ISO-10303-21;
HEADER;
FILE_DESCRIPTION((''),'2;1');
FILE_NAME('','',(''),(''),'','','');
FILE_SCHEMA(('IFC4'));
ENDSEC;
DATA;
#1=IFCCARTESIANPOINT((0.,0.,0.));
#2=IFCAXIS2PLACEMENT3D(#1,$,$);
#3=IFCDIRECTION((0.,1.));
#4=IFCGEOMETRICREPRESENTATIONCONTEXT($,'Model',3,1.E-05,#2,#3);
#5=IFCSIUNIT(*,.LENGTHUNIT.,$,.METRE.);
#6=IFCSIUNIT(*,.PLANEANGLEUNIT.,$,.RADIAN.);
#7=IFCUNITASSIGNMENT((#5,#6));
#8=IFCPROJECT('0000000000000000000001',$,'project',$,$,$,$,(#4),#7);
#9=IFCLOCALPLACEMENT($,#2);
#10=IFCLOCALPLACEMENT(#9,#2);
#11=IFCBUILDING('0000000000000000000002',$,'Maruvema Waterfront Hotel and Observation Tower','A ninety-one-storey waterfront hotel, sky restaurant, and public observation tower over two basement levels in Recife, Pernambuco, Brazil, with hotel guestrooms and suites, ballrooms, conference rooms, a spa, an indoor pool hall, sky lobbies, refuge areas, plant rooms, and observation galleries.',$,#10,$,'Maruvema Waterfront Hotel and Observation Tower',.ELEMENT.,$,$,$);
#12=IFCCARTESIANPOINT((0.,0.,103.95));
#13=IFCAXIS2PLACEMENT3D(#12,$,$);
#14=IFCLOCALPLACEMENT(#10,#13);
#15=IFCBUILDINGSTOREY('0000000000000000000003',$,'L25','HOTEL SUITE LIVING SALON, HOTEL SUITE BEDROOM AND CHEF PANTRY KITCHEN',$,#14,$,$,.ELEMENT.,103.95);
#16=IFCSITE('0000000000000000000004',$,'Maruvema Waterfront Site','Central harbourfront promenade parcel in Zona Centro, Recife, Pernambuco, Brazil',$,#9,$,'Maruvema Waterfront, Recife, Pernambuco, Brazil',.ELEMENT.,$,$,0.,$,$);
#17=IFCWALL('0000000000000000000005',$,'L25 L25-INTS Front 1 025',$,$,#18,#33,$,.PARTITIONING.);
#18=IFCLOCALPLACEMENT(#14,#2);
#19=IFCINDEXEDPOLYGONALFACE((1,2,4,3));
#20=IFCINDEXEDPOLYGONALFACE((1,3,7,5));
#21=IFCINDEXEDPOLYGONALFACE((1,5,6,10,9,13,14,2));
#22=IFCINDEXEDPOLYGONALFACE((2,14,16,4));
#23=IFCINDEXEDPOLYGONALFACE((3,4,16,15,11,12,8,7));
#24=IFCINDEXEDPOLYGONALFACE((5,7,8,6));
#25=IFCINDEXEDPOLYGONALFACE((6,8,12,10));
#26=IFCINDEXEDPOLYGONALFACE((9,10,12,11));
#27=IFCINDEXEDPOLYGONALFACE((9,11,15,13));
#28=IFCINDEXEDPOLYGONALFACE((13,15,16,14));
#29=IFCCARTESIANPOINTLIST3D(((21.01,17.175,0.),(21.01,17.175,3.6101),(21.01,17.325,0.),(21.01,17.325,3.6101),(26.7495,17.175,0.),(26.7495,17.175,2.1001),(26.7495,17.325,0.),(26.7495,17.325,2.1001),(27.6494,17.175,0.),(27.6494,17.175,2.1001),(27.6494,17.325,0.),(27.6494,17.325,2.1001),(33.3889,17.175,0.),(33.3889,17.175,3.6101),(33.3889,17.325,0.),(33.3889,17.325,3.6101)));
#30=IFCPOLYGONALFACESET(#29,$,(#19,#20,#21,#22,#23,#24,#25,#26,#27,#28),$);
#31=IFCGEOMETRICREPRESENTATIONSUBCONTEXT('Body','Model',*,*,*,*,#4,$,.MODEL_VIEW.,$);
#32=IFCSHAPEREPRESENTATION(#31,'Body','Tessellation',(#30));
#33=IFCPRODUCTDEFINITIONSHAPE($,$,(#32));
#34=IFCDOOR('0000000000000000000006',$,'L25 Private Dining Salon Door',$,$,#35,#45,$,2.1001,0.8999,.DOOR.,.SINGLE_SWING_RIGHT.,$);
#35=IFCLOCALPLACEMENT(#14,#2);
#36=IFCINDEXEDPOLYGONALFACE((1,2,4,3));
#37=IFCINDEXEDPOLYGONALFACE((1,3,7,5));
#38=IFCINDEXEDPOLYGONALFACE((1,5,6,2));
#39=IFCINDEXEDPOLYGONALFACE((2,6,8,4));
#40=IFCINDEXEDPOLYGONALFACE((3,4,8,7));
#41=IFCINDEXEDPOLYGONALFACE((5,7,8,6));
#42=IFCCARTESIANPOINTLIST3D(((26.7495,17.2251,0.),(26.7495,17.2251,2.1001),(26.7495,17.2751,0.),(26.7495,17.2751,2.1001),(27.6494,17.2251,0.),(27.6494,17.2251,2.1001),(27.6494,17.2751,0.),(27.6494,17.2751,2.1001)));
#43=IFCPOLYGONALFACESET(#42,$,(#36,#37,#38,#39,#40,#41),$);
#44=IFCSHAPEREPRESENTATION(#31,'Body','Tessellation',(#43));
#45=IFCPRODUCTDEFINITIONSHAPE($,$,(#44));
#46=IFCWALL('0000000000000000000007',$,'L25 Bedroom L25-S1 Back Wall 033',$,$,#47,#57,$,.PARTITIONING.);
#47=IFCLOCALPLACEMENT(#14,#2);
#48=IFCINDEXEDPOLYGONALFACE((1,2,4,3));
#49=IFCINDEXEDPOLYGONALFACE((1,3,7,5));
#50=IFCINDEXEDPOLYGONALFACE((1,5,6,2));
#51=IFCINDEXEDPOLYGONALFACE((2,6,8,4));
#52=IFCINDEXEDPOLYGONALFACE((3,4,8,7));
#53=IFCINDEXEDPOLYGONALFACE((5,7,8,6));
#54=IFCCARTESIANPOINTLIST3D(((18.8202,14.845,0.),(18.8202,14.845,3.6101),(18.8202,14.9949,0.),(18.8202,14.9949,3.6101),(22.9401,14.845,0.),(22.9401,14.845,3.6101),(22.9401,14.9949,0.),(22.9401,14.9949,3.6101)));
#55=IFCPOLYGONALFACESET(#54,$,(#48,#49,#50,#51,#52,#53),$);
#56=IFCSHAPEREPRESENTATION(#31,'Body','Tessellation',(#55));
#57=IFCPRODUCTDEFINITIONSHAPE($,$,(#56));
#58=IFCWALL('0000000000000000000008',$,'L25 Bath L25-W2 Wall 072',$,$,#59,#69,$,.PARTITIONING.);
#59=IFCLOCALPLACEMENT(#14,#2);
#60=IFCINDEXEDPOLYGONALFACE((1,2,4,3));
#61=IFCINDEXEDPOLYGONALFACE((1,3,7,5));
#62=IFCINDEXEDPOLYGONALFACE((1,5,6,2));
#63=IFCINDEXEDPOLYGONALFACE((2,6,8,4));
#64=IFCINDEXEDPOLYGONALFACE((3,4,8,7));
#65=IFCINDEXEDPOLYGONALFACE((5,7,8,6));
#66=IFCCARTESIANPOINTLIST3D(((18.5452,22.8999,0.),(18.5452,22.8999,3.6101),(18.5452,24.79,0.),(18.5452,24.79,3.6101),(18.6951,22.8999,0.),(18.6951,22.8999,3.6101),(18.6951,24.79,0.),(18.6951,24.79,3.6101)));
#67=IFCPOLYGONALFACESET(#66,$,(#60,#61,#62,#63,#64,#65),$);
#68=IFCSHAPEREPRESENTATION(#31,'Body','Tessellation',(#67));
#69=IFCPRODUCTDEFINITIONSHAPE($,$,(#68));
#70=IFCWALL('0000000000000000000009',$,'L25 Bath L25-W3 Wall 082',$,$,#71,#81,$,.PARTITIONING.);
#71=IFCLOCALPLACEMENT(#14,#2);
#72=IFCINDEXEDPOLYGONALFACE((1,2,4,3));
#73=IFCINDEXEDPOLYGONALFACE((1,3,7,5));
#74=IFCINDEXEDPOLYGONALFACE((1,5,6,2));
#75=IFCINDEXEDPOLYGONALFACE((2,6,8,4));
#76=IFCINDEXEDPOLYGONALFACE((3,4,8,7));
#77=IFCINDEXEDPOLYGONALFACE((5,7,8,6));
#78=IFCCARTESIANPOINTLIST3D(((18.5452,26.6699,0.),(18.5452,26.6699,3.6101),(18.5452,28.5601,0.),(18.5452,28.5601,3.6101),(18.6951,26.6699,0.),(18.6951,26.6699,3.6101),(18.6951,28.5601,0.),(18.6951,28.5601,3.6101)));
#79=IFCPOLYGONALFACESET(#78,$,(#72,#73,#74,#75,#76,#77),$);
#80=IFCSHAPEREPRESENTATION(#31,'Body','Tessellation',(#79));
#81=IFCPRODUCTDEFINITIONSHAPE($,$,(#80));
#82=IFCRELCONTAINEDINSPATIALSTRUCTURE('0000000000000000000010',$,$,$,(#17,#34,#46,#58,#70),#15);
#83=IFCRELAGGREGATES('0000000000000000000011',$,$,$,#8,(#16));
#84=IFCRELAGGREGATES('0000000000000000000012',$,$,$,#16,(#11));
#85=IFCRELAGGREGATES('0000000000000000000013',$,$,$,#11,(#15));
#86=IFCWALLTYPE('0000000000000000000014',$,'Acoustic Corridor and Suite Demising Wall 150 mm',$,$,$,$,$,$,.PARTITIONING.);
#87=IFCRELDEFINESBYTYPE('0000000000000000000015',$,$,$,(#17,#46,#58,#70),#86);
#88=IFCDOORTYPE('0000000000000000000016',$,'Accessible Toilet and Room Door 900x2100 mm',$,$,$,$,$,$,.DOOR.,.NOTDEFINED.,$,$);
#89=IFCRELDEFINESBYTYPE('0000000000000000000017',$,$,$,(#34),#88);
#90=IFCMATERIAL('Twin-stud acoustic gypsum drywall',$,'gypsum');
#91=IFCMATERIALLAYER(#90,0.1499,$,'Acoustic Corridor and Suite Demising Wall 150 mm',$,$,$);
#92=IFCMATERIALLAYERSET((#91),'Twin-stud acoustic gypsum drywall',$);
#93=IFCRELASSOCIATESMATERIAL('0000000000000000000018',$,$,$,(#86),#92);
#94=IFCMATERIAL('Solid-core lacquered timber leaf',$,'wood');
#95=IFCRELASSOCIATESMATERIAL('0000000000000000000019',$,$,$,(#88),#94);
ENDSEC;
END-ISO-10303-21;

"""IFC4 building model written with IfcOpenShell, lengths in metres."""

from ifc_helpers import new_model, si_unit, direction, frame, frame_2d, origin, place, context, subcontext, project, spatial, rectangle, extrude, material, layer, layer_set, type_object, element, fill, save


model = new_model("IFC4")

# Units and contexts
model_context = context("Model", 3, precision=1e-05, world=origin(), true_north=direction((0.0, 1.0)))
body_context = subcontext(model_context, "Body", "Model", "MODEL_VIEW")
ifc_project = project(units=[si_unit("LENGTHUNIT", "METRE"), si_unit("PLANEANGLEUNIT", "RADIAN")], contexts=[model_context])

# Site, building, storey
site_placement = place(None, origin())
site = spatial("IfcSite", under=ifc_project, at=site_placement, Name="Maruvema Waterfront Site", Description="Central harbourfront promenade parcel in Zona Centro, Recife, Pernambuco, Brazil", LongName="Maruvema Waterfront, Recife, Pernambuco, Brazil", CompositionType="ELEMENT", RefElevation=0.0)
building_placement = place(site_placement, origin())
building = spatial("IfcBuilding", under=site, at=building_placement, Name="Maruvema Waterfront Hotel and Observation Tower", Description="A ninety-one-storey waterfront hotel, sky restaurant, and public observation tower over two basement levels in Recife, Pernambuco, Brazil, with hotel guestrooms and suites, ballrooms, conference rooms, a spa, an indoor pool hall, sky lobbies, refuge areas, plant rooms, and observation galleries.", LongName="Maruvema Waterfront Hotel and Observation Tower", CompositionType="ELEMENT")
storey_placement = place(building_placement, frame((0.0, 0.0, 103.95)))
storey = spatial("IfcBuildingStorey", under=building, at=storey_placement, Name="L25", Description="HOTEL SUITE LIVING SALON, HOTEL SUITE BEDROOM AND CHEF PANTRY KITCHEN", CompositionType="ELEMENT", Elevation=103.95)

# Shared definitions
ifc_material_1 = material(Name="Twin-stud acoustic gypsum drywall", Category="gypsum")
ifc_layer = layer(ifc_material_1, 0.1499, Name="Acoustic Corridor and Suite Demising Wall 150 mm")
ifc_layer_set = layer_set([ifc_layer], Name="Twin-stud acoustic gypsum drywall")
wall_type = type_object("IfcWallType", Name="Acoustic Corridor and Suite Demising Wall 150 mm", PredefinedType="PARTITIONING", material=ifc_layer_set)

# Wall, opening, door
wall_1_placement = place(storey_placement, frame((21.01, 17.25, 0.0), z_axis=(0.0, 0.0, 1.0), x_axis=(1.0, 0.0, 0.0)))
wall_1 = element("IfcWall", 1, at=wall_1_placement, inside=storey, type_object=wall_type, Name="L25 L25-INTS Front 1 025", PredefinedType="PARTITIONING", context=body_context, shape_type="SweptSolid", body=[
    extrude(rectangle(XDim=12.3789, YDim=0.1499, at=frame_2d((6.1895, 0.0))), origin(), (0.0, 0.0, 1.0), 3.6101),
])
opening_1_placement = place(wall_1_placement, frame((5.7395, 0.0, 0.0)))
opening_1 = element("IfcOpeningElement", 2, at=opening_1_placement, cuts=wall_1, PredefinedType="OPENING", context=body_context, shape_type="SweptSolid", body=[
    extrude(rectangle(XDim=0.8999, YDim=2.1001, at=frame_2d((0.45, 1.05))), frame((0.0, 0.085, 0.0), z_axis=(0.0, -1.0, 0.0), x_axis=(1.0, 0.0, 0.0)), (0.0, 0.0, 1.0), 0.1699),
])
ifc_material_2 = material(Name="Solid-core lacquered timber leaf", Category="wood")
door_type_1 = type_object("IfcDoorType", Name="Accessible Toilet and Room Door 900x2100 mm", OperationType="NOTDEFINED", PredefinedType="DOOR", material=ifc_material_2)
door_1_placement = place(opening_1_placement, frame((0.8999, 0.0, 0.0), z_axis=(0.0, 0.0, 1.0), x_axis=(-1.0, 0.0, 0.0)))
door_1 = element("IfcDoor", 3, at=door_1_placement, inside=storey, type_object=door_type_1, Name="L25 Private Dining Salon Door", OperationType="SINGLE_SWING_RIGHT", OverallHeight=2.1001, OverallWidth=0.8999, PredefinedType="DOOR", context=body_context, shape_type="SweptSolid", body=[
    extrude(rectangle(XDim=0.8999, YDim=2.1001, at=frame_2d((0.45, 1.05))), frame((0.0, 0.0249, 0.0), z_axis=(0.0, -1.0, 0.0), x_axis=(1.0, 0.0, 0.0)), (0.0, 0.0, 1.0), 0.05),
])
fill(opening_1, door_1)

# Wall
wall_2_placement = place(storey_placement, frame((18.8201, 14.9199, 0.0), z_axis=(0.0, 0.0, 1.0), x_axis=(1.0, 0.0, 0.0)))
element("IfcWall", 4, at=wall_2_placement, inside=storey, type_object=wall_type, Name="L25 Bedroom L25-S1 Back Wall 033", PredefinedType="PARTITIONING", context=body_context, shape_type="SweptSolid", body=[
    extrude(rectangle(XDim=4.1199, YDim=0.1499, at=frame_2d((2.0601, 0.0))), origin(), (0.0, 0.0, 1.0), 3.6101),
])

# Wall
wall_3_placement = place(storey_placement, frame((18.6201, 22.8999, 0.0), z_axis=(0.0, 0.0, 1.0), x_axis=(0.0, 1.0, 0.0)))
element("IfcWall", 5, at=wall_3_placement, inside=storey, type_object=wall_type, Name="L25 Bath L25-W2 Wall 072", PredefinedType="PARTITIONING", context=body_context, shape_type="SweptSolid", body=[
    extrude(rectangle(XDim=1.8901, YDim=0.1499, at=frame_2d((0.9451, 0.0))), origin(), (0.0, 0.0, 1.0), 3.6101),
])

# Wall
wall_4_placement = place(storey_placement, frame((18.6201, 26.6699, 0.0), z_axis=(0.0, 0.0, 1.0), x_axis=(0.0, 1.0, 0.0)))
element("IfcWall", 6, at=wall_4_placement, inside=storey, type_object=wall_type, Name="L25 Bath L25-W3 Wall 082", PredefinedType="PARTITIONING", context=body_context, shape_type="SweptSolid", body=[
    extrude(rectangle(XDim=1.8901, YDim=0.1499, at=frame_2d((0.9451, 0.0))), origin(), (0.0, 0.0, 1.0), 3.6101),
])

save(model, "model.ifc")
